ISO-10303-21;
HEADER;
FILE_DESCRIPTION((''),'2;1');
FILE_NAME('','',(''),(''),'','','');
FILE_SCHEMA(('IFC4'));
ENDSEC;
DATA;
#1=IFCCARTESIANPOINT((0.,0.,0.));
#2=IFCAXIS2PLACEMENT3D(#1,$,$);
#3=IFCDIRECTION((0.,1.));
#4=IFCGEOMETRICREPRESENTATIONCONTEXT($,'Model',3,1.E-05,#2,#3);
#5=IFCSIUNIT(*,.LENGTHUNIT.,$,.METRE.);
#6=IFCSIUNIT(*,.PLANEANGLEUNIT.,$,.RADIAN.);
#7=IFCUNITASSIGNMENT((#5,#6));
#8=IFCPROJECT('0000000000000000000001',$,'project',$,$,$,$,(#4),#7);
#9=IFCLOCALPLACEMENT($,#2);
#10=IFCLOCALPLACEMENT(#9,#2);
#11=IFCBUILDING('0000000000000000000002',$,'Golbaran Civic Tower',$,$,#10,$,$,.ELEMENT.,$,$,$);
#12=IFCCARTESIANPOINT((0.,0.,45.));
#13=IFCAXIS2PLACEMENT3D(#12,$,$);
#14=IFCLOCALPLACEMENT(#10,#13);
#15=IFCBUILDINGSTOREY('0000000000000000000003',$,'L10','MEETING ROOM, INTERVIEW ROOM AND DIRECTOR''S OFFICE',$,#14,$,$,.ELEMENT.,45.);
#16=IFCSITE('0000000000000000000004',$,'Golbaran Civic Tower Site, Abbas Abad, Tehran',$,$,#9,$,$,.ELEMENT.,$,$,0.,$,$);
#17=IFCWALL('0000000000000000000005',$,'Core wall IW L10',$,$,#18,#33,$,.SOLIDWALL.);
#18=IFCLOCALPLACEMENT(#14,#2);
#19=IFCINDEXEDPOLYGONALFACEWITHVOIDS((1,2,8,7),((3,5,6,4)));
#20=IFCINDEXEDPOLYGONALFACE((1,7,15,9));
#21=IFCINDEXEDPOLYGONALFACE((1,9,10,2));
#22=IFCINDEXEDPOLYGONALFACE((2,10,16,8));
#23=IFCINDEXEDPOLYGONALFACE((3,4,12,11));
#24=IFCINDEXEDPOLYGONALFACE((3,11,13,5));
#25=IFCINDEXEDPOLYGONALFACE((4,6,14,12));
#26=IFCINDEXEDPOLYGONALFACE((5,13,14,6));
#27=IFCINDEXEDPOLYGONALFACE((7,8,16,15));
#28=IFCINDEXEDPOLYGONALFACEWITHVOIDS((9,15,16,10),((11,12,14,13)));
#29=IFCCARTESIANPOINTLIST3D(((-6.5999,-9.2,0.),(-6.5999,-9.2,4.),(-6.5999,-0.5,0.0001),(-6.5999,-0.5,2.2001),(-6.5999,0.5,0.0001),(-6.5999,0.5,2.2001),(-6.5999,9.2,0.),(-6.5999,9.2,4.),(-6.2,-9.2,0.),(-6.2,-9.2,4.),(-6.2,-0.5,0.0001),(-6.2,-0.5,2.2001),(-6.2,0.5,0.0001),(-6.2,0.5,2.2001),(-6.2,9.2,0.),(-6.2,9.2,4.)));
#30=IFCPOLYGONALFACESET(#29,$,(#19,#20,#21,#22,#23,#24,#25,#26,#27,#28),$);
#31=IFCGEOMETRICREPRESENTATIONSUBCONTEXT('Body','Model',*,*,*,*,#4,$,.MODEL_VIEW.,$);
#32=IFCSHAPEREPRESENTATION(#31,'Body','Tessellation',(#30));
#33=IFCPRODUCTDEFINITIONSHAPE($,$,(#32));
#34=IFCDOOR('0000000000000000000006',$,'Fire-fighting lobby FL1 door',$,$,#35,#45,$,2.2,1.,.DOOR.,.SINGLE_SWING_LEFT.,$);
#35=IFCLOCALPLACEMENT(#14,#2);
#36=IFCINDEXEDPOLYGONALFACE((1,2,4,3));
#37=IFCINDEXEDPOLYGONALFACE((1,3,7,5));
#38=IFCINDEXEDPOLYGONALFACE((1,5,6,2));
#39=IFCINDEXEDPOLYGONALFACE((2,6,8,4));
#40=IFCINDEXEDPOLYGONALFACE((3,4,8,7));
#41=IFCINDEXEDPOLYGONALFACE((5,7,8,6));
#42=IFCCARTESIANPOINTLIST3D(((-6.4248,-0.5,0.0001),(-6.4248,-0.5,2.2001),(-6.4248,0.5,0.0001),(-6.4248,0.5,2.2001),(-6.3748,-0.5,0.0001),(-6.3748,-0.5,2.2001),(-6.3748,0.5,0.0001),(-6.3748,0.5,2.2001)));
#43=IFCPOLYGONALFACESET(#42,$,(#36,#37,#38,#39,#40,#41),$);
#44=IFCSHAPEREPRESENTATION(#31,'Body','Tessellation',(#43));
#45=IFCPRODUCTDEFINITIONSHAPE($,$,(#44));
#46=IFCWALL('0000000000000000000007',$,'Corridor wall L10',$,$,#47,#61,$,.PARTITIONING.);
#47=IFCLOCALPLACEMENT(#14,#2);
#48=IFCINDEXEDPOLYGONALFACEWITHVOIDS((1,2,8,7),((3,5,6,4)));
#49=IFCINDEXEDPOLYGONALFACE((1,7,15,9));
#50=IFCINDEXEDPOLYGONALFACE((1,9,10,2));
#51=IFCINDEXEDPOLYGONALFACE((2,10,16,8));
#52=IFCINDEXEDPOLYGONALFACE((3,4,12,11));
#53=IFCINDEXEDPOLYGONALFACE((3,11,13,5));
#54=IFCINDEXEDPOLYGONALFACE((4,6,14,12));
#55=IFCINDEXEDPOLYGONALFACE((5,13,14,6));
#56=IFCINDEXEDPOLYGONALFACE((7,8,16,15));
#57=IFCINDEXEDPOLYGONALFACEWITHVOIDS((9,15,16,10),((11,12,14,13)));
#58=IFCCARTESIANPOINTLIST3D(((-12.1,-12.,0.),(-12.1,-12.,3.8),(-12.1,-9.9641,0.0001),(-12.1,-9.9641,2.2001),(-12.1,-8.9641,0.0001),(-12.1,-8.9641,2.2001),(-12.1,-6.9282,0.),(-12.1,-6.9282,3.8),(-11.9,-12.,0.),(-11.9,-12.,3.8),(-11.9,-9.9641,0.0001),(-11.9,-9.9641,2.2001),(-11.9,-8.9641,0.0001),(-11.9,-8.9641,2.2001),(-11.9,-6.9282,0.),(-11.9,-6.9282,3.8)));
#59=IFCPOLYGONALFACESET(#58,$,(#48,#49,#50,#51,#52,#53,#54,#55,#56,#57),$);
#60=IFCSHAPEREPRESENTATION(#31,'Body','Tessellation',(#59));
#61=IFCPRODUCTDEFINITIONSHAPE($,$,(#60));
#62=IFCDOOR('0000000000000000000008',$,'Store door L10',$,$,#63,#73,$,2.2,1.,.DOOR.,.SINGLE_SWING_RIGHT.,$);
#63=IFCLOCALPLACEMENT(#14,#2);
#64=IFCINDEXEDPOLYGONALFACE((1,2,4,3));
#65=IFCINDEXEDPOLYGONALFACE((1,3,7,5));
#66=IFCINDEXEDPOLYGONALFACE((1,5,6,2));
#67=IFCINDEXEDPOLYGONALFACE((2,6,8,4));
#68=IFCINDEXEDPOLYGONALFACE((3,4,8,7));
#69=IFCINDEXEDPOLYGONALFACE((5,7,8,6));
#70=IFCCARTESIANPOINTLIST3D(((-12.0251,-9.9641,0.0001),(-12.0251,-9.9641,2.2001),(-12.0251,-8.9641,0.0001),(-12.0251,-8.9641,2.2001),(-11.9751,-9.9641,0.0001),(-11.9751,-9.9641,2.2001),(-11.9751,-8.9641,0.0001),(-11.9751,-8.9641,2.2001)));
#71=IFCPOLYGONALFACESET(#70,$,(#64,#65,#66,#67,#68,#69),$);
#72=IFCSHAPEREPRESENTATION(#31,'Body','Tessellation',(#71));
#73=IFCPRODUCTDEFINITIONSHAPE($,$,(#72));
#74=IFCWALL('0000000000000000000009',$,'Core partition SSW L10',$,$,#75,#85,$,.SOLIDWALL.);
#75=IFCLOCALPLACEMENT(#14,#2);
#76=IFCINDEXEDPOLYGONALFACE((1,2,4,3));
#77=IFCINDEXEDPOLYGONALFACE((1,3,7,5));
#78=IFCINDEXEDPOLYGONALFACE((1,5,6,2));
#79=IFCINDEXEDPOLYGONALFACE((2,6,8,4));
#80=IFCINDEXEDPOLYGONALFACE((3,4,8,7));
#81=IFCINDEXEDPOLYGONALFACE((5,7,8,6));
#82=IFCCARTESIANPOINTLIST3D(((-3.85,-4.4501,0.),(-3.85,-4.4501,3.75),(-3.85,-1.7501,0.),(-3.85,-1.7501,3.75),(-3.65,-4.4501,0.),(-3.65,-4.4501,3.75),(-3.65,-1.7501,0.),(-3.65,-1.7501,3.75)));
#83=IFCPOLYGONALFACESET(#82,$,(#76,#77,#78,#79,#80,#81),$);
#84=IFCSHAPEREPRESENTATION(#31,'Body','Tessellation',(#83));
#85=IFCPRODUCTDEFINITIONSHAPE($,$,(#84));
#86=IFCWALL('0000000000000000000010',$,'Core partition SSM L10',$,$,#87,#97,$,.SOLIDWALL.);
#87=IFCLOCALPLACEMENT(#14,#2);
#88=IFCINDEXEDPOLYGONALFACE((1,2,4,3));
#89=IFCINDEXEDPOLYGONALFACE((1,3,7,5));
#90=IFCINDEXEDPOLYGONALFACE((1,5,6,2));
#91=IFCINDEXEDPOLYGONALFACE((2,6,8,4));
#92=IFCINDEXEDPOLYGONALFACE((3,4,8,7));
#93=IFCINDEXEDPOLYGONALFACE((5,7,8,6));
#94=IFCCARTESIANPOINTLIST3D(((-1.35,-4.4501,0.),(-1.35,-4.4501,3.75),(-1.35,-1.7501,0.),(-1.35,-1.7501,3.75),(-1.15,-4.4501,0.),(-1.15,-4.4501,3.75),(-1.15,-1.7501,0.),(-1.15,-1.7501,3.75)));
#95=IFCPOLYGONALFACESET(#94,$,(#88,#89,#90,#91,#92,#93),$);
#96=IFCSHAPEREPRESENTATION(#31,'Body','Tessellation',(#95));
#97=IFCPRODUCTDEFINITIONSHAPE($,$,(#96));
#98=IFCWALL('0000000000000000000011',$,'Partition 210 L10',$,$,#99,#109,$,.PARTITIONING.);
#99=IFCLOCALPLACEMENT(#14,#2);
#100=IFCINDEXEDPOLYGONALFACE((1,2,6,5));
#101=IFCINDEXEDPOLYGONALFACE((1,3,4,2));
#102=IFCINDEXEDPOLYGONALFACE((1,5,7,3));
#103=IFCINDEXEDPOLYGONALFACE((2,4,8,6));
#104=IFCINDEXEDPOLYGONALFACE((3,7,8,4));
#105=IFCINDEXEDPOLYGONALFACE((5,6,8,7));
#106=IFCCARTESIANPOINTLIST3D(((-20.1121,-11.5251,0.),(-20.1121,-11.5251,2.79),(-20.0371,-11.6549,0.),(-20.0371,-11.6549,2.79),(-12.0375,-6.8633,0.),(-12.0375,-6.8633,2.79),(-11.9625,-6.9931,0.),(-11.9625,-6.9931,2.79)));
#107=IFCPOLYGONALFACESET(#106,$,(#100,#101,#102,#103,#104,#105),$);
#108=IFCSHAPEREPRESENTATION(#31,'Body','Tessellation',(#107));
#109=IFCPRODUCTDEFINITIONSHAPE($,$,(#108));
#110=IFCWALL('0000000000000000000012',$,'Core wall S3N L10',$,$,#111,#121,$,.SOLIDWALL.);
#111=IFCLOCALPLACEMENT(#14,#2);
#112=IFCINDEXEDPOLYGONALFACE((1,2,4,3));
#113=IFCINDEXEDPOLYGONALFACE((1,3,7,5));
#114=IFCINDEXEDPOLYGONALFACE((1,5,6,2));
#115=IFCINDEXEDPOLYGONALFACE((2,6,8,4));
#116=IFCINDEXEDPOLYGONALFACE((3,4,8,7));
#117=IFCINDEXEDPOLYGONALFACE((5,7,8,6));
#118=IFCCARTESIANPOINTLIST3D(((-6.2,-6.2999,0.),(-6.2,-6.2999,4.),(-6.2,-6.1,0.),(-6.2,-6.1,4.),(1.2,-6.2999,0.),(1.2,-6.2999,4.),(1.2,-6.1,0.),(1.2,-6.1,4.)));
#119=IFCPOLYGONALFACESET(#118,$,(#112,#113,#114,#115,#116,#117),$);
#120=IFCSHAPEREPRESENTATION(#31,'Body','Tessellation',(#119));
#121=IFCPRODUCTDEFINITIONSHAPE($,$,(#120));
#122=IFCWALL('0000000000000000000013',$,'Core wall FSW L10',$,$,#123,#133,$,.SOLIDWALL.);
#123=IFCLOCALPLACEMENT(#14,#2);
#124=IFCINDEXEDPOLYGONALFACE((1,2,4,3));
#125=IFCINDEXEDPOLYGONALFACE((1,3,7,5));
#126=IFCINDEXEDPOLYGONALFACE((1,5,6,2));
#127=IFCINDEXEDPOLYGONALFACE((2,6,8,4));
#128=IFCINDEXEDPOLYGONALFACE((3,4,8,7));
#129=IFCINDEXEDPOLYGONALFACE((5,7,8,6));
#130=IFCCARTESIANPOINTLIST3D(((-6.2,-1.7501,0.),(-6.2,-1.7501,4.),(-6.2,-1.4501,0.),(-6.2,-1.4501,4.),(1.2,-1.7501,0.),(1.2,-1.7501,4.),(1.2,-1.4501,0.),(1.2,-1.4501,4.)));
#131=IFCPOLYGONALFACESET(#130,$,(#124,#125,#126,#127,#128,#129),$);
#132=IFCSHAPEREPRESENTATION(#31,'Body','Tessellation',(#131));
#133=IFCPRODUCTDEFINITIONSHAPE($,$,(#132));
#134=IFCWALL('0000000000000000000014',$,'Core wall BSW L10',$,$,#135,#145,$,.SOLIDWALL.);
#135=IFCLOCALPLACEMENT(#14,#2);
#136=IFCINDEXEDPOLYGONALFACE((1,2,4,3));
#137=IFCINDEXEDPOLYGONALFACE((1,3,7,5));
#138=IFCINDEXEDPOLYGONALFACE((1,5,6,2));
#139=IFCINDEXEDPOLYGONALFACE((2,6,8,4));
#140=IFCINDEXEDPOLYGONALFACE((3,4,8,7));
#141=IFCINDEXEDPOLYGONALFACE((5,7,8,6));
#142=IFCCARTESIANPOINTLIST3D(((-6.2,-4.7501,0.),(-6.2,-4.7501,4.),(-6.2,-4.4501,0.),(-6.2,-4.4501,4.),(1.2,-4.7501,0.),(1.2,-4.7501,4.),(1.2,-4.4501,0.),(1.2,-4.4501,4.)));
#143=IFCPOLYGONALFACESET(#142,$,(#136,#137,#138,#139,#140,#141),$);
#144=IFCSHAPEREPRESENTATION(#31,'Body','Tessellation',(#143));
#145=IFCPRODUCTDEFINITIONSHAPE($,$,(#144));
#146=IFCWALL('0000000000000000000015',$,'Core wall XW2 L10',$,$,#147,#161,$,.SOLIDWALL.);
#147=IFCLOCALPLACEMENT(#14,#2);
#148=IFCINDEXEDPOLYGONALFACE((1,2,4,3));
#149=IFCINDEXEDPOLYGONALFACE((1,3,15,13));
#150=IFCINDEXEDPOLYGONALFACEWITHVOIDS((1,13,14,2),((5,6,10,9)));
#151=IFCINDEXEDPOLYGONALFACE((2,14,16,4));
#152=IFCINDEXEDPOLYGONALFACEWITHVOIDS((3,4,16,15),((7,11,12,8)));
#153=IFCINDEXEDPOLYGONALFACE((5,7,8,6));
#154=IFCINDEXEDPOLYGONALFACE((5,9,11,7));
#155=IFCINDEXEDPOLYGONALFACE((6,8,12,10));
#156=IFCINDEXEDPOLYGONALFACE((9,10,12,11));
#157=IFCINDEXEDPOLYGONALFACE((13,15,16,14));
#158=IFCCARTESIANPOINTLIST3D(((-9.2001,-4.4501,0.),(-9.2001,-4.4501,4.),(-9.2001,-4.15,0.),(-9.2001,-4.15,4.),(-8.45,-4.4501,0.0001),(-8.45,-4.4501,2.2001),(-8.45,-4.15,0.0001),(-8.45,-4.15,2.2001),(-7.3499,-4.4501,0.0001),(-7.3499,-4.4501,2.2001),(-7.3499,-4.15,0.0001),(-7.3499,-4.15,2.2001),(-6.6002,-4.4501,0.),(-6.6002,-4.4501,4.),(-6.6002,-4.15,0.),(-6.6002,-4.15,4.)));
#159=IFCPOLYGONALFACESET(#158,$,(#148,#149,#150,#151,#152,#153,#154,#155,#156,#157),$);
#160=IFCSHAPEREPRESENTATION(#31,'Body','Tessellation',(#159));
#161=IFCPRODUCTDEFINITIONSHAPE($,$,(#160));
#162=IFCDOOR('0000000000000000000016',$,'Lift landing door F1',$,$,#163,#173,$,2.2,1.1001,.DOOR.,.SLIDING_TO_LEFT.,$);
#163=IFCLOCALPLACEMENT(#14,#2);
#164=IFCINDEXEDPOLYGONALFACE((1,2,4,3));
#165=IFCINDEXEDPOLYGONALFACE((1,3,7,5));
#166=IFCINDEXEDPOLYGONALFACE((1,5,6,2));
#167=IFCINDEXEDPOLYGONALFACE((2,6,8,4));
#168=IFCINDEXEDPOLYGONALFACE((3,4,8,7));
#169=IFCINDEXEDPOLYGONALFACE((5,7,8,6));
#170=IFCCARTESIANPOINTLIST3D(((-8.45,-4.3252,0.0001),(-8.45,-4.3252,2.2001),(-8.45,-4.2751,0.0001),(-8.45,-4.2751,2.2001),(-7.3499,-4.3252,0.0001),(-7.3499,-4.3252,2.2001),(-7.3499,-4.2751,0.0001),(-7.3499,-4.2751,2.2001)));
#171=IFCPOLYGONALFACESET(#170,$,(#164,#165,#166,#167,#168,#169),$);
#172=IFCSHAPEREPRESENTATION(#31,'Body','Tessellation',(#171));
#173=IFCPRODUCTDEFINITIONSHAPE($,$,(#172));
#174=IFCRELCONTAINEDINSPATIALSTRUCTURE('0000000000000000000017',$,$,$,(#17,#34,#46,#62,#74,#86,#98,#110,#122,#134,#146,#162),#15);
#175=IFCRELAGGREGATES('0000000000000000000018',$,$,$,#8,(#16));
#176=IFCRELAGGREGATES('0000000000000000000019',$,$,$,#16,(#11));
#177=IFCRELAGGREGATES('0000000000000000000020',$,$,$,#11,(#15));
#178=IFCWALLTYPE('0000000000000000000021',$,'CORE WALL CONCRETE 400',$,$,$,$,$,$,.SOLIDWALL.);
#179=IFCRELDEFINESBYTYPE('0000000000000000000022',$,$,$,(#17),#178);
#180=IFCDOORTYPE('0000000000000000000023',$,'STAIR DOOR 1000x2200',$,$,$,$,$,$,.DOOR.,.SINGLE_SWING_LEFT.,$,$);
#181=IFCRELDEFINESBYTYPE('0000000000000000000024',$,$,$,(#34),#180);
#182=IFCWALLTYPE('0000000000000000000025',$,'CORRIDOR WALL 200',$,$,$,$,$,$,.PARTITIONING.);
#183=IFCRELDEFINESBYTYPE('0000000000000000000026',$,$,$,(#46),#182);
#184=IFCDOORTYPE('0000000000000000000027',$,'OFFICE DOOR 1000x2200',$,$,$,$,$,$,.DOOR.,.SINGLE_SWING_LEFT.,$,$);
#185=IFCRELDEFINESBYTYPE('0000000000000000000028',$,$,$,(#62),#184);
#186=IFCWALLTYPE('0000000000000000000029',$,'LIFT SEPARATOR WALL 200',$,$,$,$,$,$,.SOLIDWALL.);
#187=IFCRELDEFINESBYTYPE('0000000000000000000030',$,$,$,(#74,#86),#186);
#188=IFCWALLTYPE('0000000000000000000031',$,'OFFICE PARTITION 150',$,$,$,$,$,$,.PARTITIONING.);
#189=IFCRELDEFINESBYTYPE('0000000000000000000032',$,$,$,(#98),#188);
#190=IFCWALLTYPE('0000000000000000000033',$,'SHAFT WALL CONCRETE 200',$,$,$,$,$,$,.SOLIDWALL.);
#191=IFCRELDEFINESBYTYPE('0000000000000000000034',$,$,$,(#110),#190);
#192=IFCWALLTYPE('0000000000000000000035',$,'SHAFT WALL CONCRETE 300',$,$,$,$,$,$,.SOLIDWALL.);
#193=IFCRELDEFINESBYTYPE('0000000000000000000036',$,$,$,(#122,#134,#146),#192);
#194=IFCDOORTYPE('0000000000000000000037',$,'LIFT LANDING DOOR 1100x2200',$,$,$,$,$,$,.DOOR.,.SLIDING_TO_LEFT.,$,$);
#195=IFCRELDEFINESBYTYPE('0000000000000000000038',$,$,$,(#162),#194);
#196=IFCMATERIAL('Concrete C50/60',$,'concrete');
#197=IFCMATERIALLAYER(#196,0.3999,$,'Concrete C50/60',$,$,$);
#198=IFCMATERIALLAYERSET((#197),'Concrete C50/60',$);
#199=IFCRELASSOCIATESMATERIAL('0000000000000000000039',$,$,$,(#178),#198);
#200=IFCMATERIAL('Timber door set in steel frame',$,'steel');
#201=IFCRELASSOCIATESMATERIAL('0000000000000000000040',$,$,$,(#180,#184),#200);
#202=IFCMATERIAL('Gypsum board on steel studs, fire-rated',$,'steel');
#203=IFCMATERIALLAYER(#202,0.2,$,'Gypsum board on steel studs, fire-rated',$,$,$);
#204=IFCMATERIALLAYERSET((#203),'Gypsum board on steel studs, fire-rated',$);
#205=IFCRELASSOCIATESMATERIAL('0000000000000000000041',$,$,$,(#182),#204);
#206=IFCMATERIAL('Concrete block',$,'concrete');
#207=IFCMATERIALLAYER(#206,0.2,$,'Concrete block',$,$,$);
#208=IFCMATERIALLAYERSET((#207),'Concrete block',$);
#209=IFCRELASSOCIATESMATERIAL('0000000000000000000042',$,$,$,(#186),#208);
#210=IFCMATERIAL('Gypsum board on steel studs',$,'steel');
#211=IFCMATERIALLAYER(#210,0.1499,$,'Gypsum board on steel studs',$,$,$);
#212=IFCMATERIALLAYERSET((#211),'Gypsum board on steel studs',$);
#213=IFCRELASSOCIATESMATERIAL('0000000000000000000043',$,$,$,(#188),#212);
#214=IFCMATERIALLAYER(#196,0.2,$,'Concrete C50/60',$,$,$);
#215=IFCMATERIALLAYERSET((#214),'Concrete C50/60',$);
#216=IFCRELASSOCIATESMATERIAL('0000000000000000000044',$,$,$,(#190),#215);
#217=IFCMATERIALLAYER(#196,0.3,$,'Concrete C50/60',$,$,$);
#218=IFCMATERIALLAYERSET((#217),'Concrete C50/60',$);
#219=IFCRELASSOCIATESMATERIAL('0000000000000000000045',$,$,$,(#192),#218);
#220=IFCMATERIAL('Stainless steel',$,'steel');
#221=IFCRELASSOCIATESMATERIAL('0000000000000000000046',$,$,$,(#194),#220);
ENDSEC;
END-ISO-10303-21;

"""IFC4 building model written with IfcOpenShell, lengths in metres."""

from ifc_helpers import new_model, si_unit, direction, frame, frame_2d, origin, place, context, subcontext, project, spatial, rectangle, extrude, material, layer, layer_set, type_object, element, fill, save


model = new_model("IFC4")

# Units and contexts
model_context = context("Model", 3, precision=1e-05, world=origin(), true_north=direction((0.0, 1.0)))
body_context = subcontext(model_context, "Body", "Model", "MODEL_VIEW")
ifc_project = project(units=[si_unit("LENGTHUNIT", "METRE"), si_unit("PLANEANGLEUNIT", "RADIAN")], contexts=[model_context])

# Site, building, storey
site_placement = place(None, origin())
site = spatial("IfcSite", under=ifc_project, at=site_placement, Name="Golbaran Civic Tower Site, Abbas Abad, Tehran", CompositionType="ELEMENT", RefElevation=0.0)
building_placement = place(site_placement, origin())
building = spatial("IfcBuilding", under=site, at=building_placement, Name="Golbaran Civic Tower", CompositionType="ELEMENT")
storey_placement = place(building_placement, frame((0.0, 0.0, 45.0)))
storey = spatial("IfcBuildingStorey", under=building, at=storey_placement, Name="L10", Description="MEETING ROOM, INTERVIEW ROOM AND DIRECTOR'S OFFICE", CompositionType="ELEMENT", Elevation=45.0)

# Walls, openings, doors
ifc_material_1 = material(Name="Concrete C50/60", Category="concrete")
ifc_layer_1 = layer(ifc_material_1, 0.3999, Name="Concrete C50/60")
ifc_layer_set_1 = layer_set([ifc_layer_1], Name="Concrete C50/60")
wall_type_1 = type_object("IfcWallType", Name="CORE WALL CONCRETE 400", PredefinedType="SOLIDWALL", material=ifc_layer_set_1)
wall_1_placement = place(storey_placement, frame((-6.3999, -9.2, 0.0), z_axis=(0.0, 0.0, 1.0), x_axis=(0.0, 1.0, 0.0)))
wall_1 = element("IfcWall", 1, at=wall_1_placement, inside=storey, type_object=wall_type_1, Name="Core wall IW L10", PredefinedType="SOLIDWALL", context=body_context, shape_type="SweptSolid", body=[
    extrude(rectangle(XDim=18.3999, YDim=0.3999, at=frame_2d((9.2, 0.0))), origin(), (0.0, 0.0, 1.0), 4.0),
])
opening_1_placement = place(wall_1_placement, frame((8.7, 0.0, 0.0)))
opening_1 = element("IfcOpeningElement", 2, at=opening_1_placement, cuts=wall_1, PredefinedType="OPENING", context=body_context, shape_type="SweptSolid", body=[
    extrude(rectangle(XDim=1.0, YDim=2.2, at=frame_2d((0.5, 1.1001))), frame((0.0, 0.21, 0.0), z_axis=(0.0, -1.0, 0.0), x_axis=(1.0, 0.0, 0.0)), (0.0, 0.0, 1.0), 0.4199),
])
ifc_material_2 = material(Name="Timber door set in steel frame", Category="steel")
door_type_1 = type_object("IfcDoorType", Name="STAIR DOOR 1000x2200", OperationType="SINGLE_SWING_LEFT", PredefinedType="DOOR", material=ifc_material_2)
door_1_placement = place(opening_1_placement, origin())
door_1 = element("IfcDoor", 3, at=door_1_placement, inside=storey, type_object=door_type_1, Name="Fire-fighting lobby FL1 door", OperationType="SINGLE_SWING_LEFT", OverallHeight=2.2, OverallWidth=1.0, PredefinedType="DOOR", context=body_context, shape_type="SweptSolid", body=[
    extrude(rectangle(XDim=1.0, YDim=2.2, at=frame_2d((0.5, 1.1001))), frame((0.0, 0.0249, 0.0), z_axis=(0.0, -1.0, 0.0), x_axis=(1.0, 0.0, 0.0)), (0.0, 0.0, 1.0), 0.05),
])
fill(opening_1, door_1)
ifc_material_3 = material(Name="Gypsum board on steel studs, fire-rated", Category="steel")
ifc_layer_2 = layer(ifc_material_3, 0.2, Name="Gypsum board on steel studs, fire-rated")
ifc_layer_set_2 = layer_set([ifc_layer_2], Name="Gypsum board on steel studs, fire-rated")
wall_type_2 = type_object("IfcWallType", Name="CORRIDOR WALL 200", PredefinedType="PARTITIONING", material=ifc_layer_set_2)
wall_2_placement = place(storey_placement, frame((-12.0, -6.9282, 0.0), z_axis=(0.0, 0.0, 1.0), x_axis=(0.0, -1.0, 0.0)))
wall_2 = element("IfcWall", 4, at=wall_2_placement, inside=storey, type_object=wall_type_2, Name="Corridor wall L10", PredefinedType="PARTITIONING", context=body_context, shape_type="SweptSolid", body=[
    extrude(rectangle(XDim=5.0718, YDim=0.2, at=frame_2d((2.5359, 0.0))), origin(), (0.0, 0.0, 1.0), 3.8),
])
opening_2_placement = place(wall_2_placement, frame((2.0359, 0.0, 0.0)))
opening_2 = element("IfcOpeningElement", 5, at=opening_2_placement, cuts=wall_2, PredefinedType="OPENING", context=body_context, shape_type="SweptSolid", body=[
    extrude(rectangle(XDim=1.0, YDim=2.2, at=frame_2d((0.5, 1.1001))), frame((0.0, 0.1099, 0.0), z_axis=(0.0, -1.0, 0.0), x_axis=(1.0, 0.0, 0.0)), (0.0, 0.0, 1.0), 0.22),
])
door_type_2 = type_object("IfcDoorType", Name="OFFICE DOOR 1000x2200", OperationType="SINGLE_SWING_LEFT", PredefinedType="DOOR", material=ifc_material_2)
door_2_placement = place(opening_2_placement, origin())
door_2 = element("IfcDoor", 6, at=door_2_placement, inside=storey, type_object=door_type_2, Name="Store door L10", OperationType="SINGLE_SWING_RIGHT", OverallHeight=2.2, OverallWidth=1.0, PredefinedType="DOOR", context=body_context, shape_type="SweptSolid", body=[
    extrude(rectangle(XDim=1.0, YDim=2.2, at=frame_2d((0.5, 1.1001))), frame((0.0, 0.0249, 0.0), z_axis=(0.0, -1.0, 0.0), x_axis=(1.0, 0.0, 0.0)), (0.0, 0.0, 1.0), 0.05),
])
fill(opening_2, door_2)

# Walls
ifc_material_4 = material(Name="Concrete block", Category="concrete")
ifc_layer_3 = layer(ifc_material_4, 0.2, Name="Concrete block")
ifc_layer_set_3 = layer_set([ifc_layer_3], Name="Concrete block")
wall_type_3 = type_object("IfcWallType", Name="LIFT SEPARATOR WALL 200", PredefinedType="SOLIDWALL", material=ifc_layer_set_3)
for number, where, z_axis, x_axis, name in (
    (7, (-3.75, -1.75, 0.0), (0.0, 0.0, 1.0), (0.0, -1.0, 0.0), "Core partition SSW L10"),
    (8, (-1.25, -1.75, 0.0), (0.0, 0.0, 1.0), (0.0, -1.0, 0.0), "Core partition SSM L10"),
):
    element("IfcWall", number, at=place(storey_placement, frame(where, z_axis=z_axis, x_axis=x_axis)), inside=storey, type_object=wall_type_3, Name=name, PredefinedType="SOLIDWALL", context=body_context, shape_type="SweptSolid", body=[
        extrude(rectangle(XDim=2.7, YDim=0.2, at=frame_2d((1.3501, 0.0))), origin(), (0.0, 0.0, 1.0), 3.75),
    ])
ifc_material_5 = material(Name="Gypsum board on steel studs", Category="steel")
ifc_layer_4 = layer(ifc_material_5, 0.1499, Name="Gypsum board on steel studs")
ifc_layer_set_4 = layer_set([ifc_layer_4], Name="Gypsum board on steel studs")
wall_type_4 = type_object("IfcWallType", Name="OFFICE PARTITION 150", PredefinedType="PARTITIONING", material=ifc_layer_set_4)
wall_3_placement = place(storey_placement, frame((-12.0, -6.9282, 0.0), z_axis=(0.0, 0.0, 1.0), x_axis=(-0.866029, -0.499994, 0.0)))
element("IfcWall", 9, at=wall_3_placement, inside=storey, type_object=wall_type_4, Name="Partition 210 L10", PredefinedType="PARTITIONING", context=body_context, shape_type="SweptSolid", body=[
    extrude(rectangle(XDim=9.3237, YDim=0.1499, at=frame_2d((4.6619, 0.0))), origin(), (0.0, 0.0, 1.0), 2.79),
])
ifc_layer_5 = layer(ifc_material_1, 0.2, Name="Concrete C50/60")
ifc_layer_set_5 = layer_set([ifc_layer_5], Name="Concrete C50/60")
wall_type_5 = type_object("IfcWallType", Name="SHAFT WALL CONCRETE 200", PredefinedType="SOLIDWALL", material=ifc_layer_set_5)
wall_4_placement = place(storey_placement, frame((-6.2, -6.2, 0.0), z_axis=(0.0, 0.0, 1.0), x_axis=(1.0, 0.0, 0.0)))
element("IfcWall", 10, at=wall_4_placement, inside=storey, type_object=wall_type_5, Name="Core wall S3N L10", PredefinedType="SOLIDWALL", context=body_context, shape_type="SweptSolid", body=[
    extrude(rectangle(XDim=7.3999, YDim=0.2, at=frame_2d((3.7, 0.0))), origin(), (0.0, 0.0, 1.0), 4.0),
])
ifc_layer_6 = layer(ifc_material_1, 0.3, Name="Concrete C50/60")
ifc_layer_set_6 = layer_set([ifc_layer_6], Name="Concrete C50/60")
wall_type_6 = type_object("IfcWallType", Name="SHAFT WALL CONCRETE 300", PredefinedType="SOLIDWALL", material=ifc_layer_set_6)
for number, where, z_axis, x_axis, name in (
    (11, (-6.2, -1.6001, 0.0), (0.0, 0.0, 1.0), (1.0, 0.0, 0.0), "Core wall FSW L10"),
    (12, (-6.2, -4.6001, 0.0), (0.0, 0.0, 1.0), (1.0, 0.0, 0.0), "Core wall BSW L10"),
):
    element("IfcWall", number, at=place(storey_placement, frame(where, z_axis=z_axis, x_axis=x_axis)), inside=storey, type_object=wall_type_6, Name=name, PredefinedType="SOLIDWALL", context=body_context, shape_type="SweptSolid", body=[
        extrude(rectangle(XDim=7.3999, YDim=0.3, at=frame_2d((3.7, 0.0))), origin(), (0.0, 0.0, 1.0), 4.0),
    ])

# Wall, opening, door
wall_5_placement = place(storey_placement, frame((-9.2, -4.3, 0.0), z_axis=(0.0, 0.0, 1.0), x_axis=(1.0, 0.0, 0.0)))
wall_5 = element("IfcWall", 13, at=wall_5_placement, inside=storey, type_object=wall_type_6, Name="Core wall XW2 L10", PredefinedType="SOLIDWALL", context=body_context, shape_type="SweptSolid", body=[
    extrude(rectangle(XDim=2.5999, YDim=0.3, at=frame_2d((1.2998, 0.0))), origin(), (0.0, 0.0, 1.0), 4.0),
])
opening_3_placement = place(wall_5_placement, frame((0.75, 0.0, 0.0)))
opening_3 = element("IfcOpeningElement", 14, at=opening_3_placement, cuts=wall_5, PredefinedType="OPENING", context=body_context, shape_type="SweptSolid", body=[
    extrude(rectangle(XDim=1.1001, YDim=2.2, at=frame_2d((0.55, 1.1001))), frame((0.0, 0.1599, 0.0), z_axis=(0.0, -1.0, 0.0), x_axis=(1.0, 0.0, 0.0)), (0.0, 0.0, 1.0), 0.3201),
])
ifc_material_6 = material(Name="Stainless steel", Category="steel")
door_type_3 = type_object("IfcDoorType", Name="LIFT LANDING DOOR 1100x2200", OperationType="SLIDING_TO_LEFT", PredefinedType="DOOR", material=ifc_material_6)
door_3_placement = place(opening_3_placement, origin())
door_3 = element("IfcDoor", 15, at=door_3_placement, inside=storey, type_object=door_type_3, Name="Lift landing door F1", OperationType="SLIDING_TO_LEFT", OverallHeight=2.2, OverallWidth=1.1001, PredefinedType="DOOR", context=body_context, shape_type="SweptSolid", body=[
    extrude(rectangle(XDim=1.1001, YDim=2.2, at=frame_2d((0.55, 1.1001))), frame((0.0, 0.0249, 0.0), z_axis=(0.0, -1.0, 0.0), x_axis=(1.0, 0.0, 0.0)), (0.0, 0.0, 1.0), 0.05),
])
fill(opening_3, door_3)

save(model, "model.ifc")
